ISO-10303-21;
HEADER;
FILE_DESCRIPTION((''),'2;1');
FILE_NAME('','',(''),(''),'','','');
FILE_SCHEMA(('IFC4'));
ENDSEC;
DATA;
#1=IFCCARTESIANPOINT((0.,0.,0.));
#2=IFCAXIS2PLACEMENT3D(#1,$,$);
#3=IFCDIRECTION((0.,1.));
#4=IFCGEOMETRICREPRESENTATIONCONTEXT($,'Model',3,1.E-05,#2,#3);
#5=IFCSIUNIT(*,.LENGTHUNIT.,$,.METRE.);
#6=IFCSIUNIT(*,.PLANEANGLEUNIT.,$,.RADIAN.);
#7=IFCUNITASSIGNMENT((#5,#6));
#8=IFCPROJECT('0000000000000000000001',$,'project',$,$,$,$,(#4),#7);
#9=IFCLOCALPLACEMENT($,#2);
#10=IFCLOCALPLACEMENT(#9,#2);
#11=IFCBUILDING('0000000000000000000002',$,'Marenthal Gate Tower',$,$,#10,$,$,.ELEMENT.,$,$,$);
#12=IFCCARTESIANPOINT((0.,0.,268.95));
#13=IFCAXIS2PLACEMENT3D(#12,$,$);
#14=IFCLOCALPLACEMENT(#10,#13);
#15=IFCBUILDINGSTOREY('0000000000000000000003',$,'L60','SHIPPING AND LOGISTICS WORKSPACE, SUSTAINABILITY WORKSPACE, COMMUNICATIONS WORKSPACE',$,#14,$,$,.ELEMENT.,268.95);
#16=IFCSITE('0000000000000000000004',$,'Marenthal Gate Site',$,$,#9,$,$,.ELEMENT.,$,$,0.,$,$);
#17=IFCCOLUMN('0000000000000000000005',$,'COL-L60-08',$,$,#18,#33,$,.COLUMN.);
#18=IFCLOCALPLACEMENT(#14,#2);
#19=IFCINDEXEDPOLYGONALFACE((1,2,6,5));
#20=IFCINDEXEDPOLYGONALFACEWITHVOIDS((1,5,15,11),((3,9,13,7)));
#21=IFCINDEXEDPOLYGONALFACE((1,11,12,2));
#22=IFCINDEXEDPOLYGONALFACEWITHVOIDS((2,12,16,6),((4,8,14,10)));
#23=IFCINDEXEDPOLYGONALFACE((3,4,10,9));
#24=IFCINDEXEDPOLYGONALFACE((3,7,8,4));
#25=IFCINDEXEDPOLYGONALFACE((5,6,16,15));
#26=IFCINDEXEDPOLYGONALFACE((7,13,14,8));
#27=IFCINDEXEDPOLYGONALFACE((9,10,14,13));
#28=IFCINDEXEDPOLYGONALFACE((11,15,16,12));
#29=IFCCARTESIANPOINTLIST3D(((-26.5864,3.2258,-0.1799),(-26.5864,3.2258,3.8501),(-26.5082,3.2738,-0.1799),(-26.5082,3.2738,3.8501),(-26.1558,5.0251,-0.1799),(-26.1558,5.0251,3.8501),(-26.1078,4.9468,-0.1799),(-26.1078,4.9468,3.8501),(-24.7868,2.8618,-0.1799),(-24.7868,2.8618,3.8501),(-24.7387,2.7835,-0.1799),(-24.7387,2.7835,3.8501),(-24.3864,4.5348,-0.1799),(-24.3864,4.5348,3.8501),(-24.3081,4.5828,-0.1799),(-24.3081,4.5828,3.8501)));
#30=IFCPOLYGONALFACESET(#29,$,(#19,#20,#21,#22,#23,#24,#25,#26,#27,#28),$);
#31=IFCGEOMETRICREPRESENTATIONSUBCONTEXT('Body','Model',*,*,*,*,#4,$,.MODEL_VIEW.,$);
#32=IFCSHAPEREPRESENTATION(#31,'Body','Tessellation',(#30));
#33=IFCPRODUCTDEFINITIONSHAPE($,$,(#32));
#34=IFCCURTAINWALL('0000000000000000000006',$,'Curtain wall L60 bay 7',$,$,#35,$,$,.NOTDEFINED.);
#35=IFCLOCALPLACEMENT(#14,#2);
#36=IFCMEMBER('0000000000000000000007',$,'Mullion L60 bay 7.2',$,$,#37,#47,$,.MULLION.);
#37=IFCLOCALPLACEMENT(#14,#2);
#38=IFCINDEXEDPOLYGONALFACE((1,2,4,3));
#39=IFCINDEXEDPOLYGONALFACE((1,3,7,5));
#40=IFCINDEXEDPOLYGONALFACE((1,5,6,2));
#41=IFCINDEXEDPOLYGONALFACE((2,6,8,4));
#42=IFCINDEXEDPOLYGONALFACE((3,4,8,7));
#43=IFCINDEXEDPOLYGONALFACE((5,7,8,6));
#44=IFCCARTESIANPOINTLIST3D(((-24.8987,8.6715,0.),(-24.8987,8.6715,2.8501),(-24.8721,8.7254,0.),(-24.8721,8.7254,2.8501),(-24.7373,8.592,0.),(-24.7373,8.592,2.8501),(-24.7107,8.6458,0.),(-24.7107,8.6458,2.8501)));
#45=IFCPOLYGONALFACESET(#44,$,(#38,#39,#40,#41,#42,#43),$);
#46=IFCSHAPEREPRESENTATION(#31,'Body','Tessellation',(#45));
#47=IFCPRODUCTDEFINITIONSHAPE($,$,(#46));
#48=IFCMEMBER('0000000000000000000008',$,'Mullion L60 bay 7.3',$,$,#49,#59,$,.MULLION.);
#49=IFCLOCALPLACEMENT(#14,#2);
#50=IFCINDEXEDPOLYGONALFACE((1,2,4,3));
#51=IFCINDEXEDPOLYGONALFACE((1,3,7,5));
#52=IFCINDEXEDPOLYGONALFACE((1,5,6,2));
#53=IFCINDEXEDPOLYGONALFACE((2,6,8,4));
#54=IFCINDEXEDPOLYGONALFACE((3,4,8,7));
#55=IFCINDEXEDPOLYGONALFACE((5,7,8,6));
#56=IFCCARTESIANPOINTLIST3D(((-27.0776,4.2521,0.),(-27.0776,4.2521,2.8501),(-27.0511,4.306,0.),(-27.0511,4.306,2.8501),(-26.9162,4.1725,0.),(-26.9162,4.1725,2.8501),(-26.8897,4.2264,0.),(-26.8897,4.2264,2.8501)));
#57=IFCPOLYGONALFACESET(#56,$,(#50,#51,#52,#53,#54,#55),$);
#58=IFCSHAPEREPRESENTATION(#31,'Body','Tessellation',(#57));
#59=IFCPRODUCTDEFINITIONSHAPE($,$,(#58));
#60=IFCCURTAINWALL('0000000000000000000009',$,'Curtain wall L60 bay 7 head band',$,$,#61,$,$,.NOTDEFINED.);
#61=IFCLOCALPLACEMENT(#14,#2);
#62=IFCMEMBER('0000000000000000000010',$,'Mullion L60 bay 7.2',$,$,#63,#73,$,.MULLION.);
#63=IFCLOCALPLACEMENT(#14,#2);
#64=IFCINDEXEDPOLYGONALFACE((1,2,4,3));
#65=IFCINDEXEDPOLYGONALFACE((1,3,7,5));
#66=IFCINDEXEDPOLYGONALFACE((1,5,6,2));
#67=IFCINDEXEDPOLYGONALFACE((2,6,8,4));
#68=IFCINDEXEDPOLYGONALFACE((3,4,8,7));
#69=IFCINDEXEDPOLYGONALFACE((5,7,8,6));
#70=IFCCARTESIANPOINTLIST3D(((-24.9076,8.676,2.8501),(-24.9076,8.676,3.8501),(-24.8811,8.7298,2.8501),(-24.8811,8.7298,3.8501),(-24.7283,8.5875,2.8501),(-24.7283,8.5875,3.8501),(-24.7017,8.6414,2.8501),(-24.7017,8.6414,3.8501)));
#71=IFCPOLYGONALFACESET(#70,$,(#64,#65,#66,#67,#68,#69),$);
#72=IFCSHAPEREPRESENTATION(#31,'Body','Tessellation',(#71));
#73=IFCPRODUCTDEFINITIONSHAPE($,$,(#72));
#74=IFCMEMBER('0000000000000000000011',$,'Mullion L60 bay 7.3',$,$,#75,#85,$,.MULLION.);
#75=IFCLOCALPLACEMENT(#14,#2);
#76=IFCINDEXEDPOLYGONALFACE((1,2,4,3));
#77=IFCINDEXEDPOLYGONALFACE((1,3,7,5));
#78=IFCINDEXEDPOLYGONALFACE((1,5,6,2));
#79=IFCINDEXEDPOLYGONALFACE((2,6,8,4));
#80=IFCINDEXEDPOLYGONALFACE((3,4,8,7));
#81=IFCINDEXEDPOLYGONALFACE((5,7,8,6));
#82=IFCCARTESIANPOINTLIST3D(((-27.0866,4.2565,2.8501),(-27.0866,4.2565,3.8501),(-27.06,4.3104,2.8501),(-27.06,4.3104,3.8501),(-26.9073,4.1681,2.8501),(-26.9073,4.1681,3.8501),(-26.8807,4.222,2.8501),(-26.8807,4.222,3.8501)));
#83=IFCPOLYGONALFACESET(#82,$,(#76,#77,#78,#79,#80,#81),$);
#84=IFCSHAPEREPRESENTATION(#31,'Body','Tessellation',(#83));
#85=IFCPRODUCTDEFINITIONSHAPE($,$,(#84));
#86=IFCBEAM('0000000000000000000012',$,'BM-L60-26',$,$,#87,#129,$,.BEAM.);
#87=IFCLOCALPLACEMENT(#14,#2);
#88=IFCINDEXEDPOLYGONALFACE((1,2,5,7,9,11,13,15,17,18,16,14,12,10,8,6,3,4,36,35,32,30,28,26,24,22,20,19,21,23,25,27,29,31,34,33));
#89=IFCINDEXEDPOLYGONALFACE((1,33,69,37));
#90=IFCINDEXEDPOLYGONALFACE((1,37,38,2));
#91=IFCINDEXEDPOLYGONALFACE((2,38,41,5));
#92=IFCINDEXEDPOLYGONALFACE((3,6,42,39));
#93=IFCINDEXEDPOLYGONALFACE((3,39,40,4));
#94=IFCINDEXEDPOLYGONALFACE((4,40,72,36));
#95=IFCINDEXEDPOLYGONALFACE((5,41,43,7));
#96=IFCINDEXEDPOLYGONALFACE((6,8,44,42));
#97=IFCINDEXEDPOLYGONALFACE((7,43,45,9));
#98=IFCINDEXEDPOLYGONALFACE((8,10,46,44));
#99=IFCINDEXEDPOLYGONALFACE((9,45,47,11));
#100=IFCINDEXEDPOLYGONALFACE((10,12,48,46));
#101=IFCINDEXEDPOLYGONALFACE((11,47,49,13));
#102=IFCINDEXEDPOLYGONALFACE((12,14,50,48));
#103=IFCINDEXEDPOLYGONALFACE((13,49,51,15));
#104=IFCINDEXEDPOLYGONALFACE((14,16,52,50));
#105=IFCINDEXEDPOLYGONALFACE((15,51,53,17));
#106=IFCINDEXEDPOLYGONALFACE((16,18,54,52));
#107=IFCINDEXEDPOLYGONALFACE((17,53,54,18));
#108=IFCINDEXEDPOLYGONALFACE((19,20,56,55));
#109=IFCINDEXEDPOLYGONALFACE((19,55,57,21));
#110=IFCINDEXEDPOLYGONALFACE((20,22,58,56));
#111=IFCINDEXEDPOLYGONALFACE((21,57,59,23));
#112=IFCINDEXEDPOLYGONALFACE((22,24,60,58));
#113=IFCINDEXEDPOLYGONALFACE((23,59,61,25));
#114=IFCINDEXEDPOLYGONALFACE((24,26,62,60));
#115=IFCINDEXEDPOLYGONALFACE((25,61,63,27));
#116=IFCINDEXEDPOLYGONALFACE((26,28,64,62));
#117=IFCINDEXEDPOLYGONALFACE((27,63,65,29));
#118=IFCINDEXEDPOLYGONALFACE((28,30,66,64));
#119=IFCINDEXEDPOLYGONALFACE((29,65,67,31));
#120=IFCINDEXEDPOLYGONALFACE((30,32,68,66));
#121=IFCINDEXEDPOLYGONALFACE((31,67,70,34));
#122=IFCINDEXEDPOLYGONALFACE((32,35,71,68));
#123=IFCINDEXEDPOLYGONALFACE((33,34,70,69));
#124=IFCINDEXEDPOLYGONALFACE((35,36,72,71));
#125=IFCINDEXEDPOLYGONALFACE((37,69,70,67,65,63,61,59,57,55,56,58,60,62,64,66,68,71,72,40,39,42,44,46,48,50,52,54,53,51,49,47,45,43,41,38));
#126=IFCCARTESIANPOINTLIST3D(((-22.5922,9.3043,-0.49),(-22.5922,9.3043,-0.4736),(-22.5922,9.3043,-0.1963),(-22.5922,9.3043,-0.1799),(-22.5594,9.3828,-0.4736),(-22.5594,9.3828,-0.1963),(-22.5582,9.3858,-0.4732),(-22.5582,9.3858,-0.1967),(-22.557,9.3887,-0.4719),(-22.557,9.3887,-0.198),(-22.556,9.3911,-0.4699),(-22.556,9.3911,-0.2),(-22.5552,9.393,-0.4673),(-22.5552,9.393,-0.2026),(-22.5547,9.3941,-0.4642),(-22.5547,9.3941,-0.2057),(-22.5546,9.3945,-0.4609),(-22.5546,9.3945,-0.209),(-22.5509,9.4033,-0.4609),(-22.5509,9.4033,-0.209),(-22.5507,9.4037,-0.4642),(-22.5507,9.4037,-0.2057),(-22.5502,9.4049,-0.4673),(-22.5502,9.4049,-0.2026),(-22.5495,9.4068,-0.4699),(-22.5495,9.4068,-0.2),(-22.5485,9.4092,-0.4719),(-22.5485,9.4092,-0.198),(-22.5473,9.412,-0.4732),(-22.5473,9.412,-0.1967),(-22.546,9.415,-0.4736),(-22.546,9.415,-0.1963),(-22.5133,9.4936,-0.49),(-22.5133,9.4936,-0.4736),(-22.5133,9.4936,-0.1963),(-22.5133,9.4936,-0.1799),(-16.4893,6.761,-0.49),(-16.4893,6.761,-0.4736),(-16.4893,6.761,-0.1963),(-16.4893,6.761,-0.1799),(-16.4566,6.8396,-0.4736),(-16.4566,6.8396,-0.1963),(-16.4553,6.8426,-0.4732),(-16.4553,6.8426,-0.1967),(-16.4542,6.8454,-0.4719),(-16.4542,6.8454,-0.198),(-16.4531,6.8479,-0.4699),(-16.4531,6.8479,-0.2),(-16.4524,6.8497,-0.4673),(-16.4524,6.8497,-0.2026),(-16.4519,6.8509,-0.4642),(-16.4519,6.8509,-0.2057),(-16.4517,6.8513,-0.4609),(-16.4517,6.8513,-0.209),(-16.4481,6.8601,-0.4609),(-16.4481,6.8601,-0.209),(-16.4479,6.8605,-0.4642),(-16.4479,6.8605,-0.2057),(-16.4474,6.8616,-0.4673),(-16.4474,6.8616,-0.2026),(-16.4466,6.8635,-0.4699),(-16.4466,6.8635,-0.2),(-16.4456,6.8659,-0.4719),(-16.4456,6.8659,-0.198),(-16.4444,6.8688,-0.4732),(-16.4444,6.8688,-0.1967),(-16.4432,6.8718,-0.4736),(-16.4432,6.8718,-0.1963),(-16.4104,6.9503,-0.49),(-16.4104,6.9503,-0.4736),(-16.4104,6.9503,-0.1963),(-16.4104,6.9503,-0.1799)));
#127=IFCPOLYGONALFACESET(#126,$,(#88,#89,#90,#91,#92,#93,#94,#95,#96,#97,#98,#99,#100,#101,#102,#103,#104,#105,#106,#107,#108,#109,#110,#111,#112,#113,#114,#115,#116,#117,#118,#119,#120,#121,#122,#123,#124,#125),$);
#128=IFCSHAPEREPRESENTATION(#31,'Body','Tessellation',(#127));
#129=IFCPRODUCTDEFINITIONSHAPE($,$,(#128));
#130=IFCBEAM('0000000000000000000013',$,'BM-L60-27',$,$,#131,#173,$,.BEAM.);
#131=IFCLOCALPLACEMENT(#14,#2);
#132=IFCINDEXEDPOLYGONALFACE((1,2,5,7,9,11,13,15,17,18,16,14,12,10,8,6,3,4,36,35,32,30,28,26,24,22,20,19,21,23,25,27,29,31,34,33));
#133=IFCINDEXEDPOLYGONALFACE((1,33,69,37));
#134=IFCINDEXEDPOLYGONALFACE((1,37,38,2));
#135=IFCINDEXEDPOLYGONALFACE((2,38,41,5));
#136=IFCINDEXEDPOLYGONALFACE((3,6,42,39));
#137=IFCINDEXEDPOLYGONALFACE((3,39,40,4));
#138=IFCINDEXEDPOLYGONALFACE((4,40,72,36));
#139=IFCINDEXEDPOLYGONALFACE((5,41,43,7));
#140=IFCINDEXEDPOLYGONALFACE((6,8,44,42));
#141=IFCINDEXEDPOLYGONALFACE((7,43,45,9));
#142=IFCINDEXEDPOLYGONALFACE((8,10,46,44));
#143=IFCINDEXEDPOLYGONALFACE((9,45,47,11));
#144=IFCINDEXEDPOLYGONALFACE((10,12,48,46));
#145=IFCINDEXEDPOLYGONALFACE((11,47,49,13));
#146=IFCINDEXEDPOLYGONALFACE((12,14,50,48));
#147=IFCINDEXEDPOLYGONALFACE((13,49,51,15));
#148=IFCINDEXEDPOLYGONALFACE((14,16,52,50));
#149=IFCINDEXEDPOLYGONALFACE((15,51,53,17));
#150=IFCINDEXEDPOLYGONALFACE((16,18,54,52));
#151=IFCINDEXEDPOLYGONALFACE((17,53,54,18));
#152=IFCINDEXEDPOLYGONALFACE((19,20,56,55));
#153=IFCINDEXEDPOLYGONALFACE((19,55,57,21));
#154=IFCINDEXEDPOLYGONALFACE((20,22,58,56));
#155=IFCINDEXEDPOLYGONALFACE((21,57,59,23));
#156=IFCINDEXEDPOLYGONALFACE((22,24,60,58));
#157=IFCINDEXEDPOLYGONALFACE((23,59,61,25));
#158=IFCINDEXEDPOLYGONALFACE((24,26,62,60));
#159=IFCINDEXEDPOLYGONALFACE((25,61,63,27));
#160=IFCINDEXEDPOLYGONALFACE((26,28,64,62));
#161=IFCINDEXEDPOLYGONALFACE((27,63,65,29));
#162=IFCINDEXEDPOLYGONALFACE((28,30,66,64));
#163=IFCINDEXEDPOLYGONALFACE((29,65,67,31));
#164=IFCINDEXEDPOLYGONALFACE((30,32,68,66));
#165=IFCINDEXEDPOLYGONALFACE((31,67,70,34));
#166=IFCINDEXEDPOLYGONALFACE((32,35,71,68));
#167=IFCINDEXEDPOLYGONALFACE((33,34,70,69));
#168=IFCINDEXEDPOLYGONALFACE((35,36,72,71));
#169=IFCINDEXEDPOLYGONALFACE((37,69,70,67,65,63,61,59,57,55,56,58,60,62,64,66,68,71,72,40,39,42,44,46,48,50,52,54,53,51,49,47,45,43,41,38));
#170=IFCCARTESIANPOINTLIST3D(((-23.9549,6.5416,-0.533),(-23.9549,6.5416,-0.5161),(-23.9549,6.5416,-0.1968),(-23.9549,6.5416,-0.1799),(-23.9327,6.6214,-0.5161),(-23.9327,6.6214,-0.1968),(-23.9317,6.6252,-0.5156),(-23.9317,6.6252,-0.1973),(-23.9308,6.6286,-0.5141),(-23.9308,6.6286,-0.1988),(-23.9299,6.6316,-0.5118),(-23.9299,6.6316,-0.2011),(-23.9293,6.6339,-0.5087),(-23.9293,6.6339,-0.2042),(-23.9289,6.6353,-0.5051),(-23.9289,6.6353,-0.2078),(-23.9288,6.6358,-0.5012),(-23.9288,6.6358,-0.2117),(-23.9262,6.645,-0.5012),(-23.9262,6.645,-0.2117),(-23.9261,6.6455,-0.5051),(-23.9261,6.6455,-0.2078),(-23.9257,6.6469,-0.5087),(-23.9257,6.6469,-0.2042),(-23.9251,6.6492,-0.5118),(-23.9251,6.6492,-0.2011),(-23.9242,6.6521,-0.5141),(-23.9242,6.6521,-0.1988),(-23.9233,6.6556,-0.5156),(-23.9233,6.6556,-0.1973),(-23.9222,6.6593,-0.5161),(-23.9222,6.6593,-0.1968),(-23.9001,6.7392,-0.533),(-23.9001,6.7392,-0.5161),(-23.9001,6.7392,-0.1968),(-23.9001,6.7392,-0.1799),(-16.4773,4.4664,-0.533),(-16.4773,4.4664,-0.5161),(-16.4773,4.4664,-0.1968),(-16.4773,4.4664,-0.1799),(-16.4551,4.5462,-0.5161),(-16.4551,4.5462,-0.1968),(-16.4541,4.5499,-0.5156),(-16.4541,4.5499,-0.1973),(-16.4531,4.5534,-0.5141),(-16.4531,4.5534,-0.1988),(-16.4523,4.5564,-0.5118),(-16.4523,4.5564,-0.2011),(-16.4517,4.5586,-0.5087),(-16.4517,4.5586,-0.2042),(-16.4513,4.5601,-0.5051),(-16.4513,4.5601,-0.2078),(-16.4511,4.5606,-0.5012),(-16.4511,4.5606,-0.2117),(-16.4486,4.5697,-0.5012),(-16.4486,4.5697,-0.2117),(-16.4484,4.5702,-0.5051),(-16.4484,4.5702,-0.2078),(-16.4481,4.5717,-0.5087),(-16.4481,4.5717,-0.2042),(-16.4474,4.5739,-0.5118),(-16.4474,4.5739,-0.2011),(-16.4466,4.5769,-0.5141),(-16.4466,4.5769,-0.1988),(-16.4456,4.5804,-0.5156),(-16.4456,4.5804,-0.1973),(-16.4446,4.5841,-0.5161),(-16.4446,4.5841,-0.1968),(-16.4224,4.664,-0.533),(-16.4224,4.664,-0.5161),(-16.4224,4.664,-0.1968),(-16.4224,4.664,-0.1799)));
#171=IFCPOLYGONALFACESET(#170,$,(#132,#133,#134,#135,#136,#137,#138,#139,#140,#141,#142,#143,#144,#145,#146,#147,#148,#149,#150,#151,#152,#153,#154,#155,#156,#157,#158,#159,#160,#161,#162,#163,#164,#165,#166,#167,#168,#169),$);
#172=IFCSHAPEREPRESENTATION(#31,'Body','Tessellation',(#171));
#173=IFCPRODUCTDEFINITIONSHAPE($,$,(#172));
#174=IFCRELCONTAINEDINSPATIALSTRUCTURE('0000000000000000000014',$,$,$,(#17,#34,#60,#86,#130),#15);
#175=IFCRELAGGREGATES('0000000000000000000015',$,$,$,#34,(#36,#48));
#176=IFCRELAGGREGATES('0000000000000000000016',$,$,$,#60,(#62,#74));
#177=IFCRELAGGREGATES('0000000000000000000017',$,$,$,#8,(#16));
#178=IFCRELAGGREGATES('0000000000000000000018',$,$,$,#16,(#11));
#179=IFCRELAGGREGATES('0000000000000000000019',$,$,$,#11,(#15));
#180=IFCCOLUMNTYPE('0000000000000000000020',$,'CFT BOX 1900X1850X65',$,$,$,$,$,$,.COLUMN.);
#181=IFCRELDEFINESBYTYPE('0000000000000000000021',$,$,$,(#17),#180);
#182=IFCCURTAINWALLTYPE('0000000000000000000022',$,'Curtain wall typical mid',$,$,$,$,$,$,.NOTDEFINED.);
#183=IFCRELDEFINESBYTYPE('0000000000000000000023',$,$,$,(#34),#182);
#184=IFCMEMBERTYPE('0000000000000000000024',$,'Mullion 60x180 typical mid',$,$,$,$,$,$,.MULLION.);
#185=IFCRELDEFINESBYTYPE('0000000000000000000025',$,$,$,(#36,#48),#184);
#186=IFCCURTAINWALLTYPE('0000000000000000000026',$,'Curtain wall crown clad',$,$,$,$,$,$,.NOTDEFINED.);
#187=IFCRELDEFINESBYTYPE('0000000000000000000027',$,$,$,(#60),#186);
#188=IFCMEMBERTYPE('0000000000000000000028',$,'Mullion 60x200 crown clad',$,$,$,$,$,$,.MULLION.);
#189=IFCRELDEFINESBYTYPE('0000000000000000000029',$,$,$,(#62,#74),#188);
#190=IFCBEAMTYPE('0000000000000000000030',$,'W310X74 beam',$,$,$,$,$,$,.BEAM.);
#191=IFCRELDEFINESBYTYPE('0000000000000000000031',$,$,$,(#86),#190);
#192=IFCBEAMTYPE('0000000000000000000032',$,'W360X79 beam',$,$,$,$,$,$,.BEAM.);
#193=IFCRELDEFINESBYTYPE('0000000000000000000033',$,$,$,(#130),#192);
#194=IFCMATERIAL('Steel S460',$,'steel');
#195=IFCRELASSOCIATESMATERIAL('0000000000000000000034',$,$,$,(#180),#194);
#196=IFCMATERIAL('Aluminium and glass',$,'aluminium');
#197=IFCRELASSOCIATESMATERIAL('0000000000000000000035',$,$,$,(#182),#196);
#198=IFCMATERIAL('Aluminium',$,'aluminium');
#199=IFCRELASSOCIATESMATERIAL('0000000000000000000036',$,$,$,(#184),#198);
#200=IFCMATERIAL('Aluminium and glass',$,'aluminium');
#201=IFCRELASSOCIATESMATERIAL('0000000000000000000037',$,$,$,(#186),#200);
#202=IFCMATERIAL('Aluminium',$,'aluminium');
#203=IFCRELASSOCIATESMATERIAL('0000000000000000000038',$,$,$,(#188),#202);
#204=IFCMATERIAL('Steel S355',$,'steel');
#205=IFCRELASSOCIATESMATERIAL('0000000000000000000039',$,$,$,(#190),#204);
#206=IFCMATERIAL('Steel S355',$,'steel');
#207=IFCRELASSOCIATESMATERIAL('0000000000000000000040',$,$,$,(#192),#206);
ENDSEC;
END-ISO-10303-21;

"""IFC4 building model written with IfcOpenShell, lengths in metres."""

from ifc_helpers import new_model, si_unit, direction, frame, origin, origin_2d, place, context, subcontext, project, spatial, rectangle, hollow_rectangle, i_section, extrude, material, material_profile, profile_set, type_object, element, aggregate, save


model = new_model("IFC4")

# Units and contexts
model_context = context("Model", 3, precision=1e-05, world=origin(), true_north=direction((0.0, 1.0)))
body_context = subcontext(model_context, "Body", "Model", "MODEL_VIEW")
ifc_project = project(units=[si_unit("LENGTHUNIT", "METRE"), si_unit("PLANEANGLEUNIT", "RADIAN")], contexts=[model_context])

# Site, building, storey
site_placement = place(None, origin())
site = spatial("IfcSite", under=ifc_project, at=site_placement, Name="Marenthal Gate Site", CompositionType="ELEMENT", RefElevation=0.0)
building_placement = place(site_placement, origin())
building = spatial("IfcBuilding", under=site, at=building_placement, Name="Marenthal Gate Tower", CompositionType="ELEMENT")
storey_placement = place(building_placement, frame((0.0, 0.0, 268.95)))
storey = spatial("IfcBuildingStorey", under=building, at=storey_placement, Name="L60", Description="SHIPPING AND LOGISTICS WORKSPACE, SUSTAINABILITY WORKSPACE, COMMUNICATIONS WORKSPACE", CompositionType="ELEMENT", Elevation=268.95)

# Column
ifc_material_1 = material(Name="Steel S460", Category="steel")
ifc_material_profile_1 = material_profile(ifc_material_1, hollow_rectangle(XDim=1.8501, YDim=1.8999, WallThickness=0.0649, at=origin_2d()), Name="CFT BOX 1900X1850X65")
ifc_material_2 = material(Name="Concrete 70 MPa", Category="concrete")
ifc_material_profile_2 = material_profile(ifc_material_2, rectangle(XDim=1.72, YDim=1.77, at=origin_2d()), Name="CFT BOX 1900X1850X65 INFILL")
ifc_profile_set_1 = profile_set([ifc_material_profile_1, ifc_material_profile_2], Name="Steel S460 shell, Concrete 70 MPa infill")
column_type = type_object("IfcColumnType", Name="CFT BOX 1900X1850X65", PredefinedType="COLUMN", material=ifc_profile_set_1)
column_placement = place(storey_placement, frame((-25.4473, 3.9043, -0.1799), z_axis=(0.0, 0.0, 1.0), x_axis=(0.23277, 0.972532, 0.0)))
element("IfcColumn", 1, at=column_placement, inside=storey, type_object=column_type, Name="COL-L60-08", PredefinedType="COLUMN", context=body_context, shape_type="SweptSolid", body=[
    extrude(hollow_rectangle(XDim=1.8501, YDim=1.8999, WallThickness=0.0649, at=origin_2d()), origin(), (0.0, 0.0, 1.0), 4.03),
])

# Curtain walls, members
ifc_material_3 = material(Name="Aluminium and glass", Category="aluminium")
curtain_wall_type_1 = type_object("IfcCurtainWallType", Name="Curtain wall typical mid", PredefinedType="NOTDEFINED", material=ifc_material_3)
curtain_wall_1_placement = place(storey_placement, origin())
curtain_wall_1 = element("IfcCurtainWall", 2, at=curtain_wall_1_placement, inside=storey, type_object=curtain_wall_type_1, Name="Curtain wall L60 bay 7", PredefinedType="NOTDEFINED")
ifc_material_4 = material(Name="Aluminium", Category="aluminium")
ifc_material_profile_3 = material_profile(ifc_material_4, rectangle(XDim=0.1799, YDim=0.0601, at=origin_2d()), Name="60x180 aluminium mullion")
ifc_profile_set_2 = profile_set([ifc_material_profile_3], Name="Aluminium")
member_type_1 = type_object("IfcMemberType", Name="Mullion 60x180 typical mid", PredefinedType="MULLION", material=ifc_profile_set_2)
member_1_placement = place(storey_placement, frame((-24.8047, 8.6587, 0.0), z_axis=(0.0, 0.0, 1.0), x_axis=(0.896921, -0.442192, 0.0)))
member_1 = element("IfcMember", 3, at=member_1_placement, type_object=member_type_1, Name="Mullion L60 bay 7.2", PredefinedType="MULLION", context=body_context, shape_type="SweptSolid", body=[
    extrude(rectangle(XDim=0.1799, YDim=0.0601, at=origin_2d()), origin(), (0.0, 0.0, 1.0), 2.8501),
])
member_2_placement = place(storey_placement, frame((-26.9836, 4.2393, 0.0), z_axis=(0.0, 0.0, 1.0), x_axis=(0.896921, -0.442192, 0.0)))
member_2 = element("IfcMember", 4, at=member_2_placement, type_object=member_type_1, Name="Mullion L60 bay 7.3", PredefinedType="MULLION", context=body_context, shape_type="SweptSolid", body=[
    extrude(rectangle(XDim=0.1799, YDim=0.0601, at=origin_2d()), origin(), (0.0, 0.0, 1.0), 2.8501),
])
ifc_material_5 = material(Name="Aluminium and glass", Category="aluminium")
curtain_wall_type_2 = type_object("IfcCurtainWallType", Name="Curtain wall crown clad", PredefinedType="NOTDEFINED", material=ifc_material_5)
curtain_wall_2_placement = place(storey_placement, origin())
curtain_wall_2 = element("IfcCurtainWall", 5, at=curtain_wall_2_placement, inside=storey, type_object=curtain_wall_type_2, Name="Curtain wall L60 bay 7 head band", PredefinedType="NOTDEFINED")
ifc_material_6 = material(Name="Aluminium", Category="aluminium")
ifc_material_profile_4 = material_profile(ifc_material_6, rectangle(XDim=0.2, YDim=0.0601, at=origin_2d()), Name="60x200 aluminium mullion")
ifc_profile_set_3 = profile_set([ifc_material_profile_4], Name="Aluminium")
member_type_2 = type_object("IfcMemberType", Name="Mullion 60x200 crown clad", PredefinedType="MULLION", material=ifc_profile_set_3)
member_3_placement = place(storey_placement, frame((-24.8047, 8.6587, 2.8501), z_axis=(0.0, 0.0, 1.0), x_axis=(0.896921, -0.442192, 0.0)))
member_3 = element("IfcMember", 6, at=member_3_placement, type_object=member_type_2, Name="Mullion L60 bay 7.2", PredefinedType="MULLION", context=body_context, shape_type="SweptSolid", body=[
    extrude(rectangle(XDim=0.2, YDim=0.0601, at=origin_2d()), origin(), (0.0, 0.0, 1.0), 1.0),
])
member_4_placement = place(storey_placement, frame((-26.9836, 4.2393, 2.8501), z_axis=(0.0, 0.0, 1.0), x_axis=(0.896921, -0.442192, 0.0)))
member_4 = element("IfcMember", 7, at=member_4_placement, type_object=member_type_2, Name="Mullion L60 bay 7.3", PredefinedType="MULLION", context=body_context, shape_type="SweptSolid", body=[
    extrude(rectangle(XDim=0.2, YDim=0.0601, at=origin_2d()), origin(), (0.0, 0.0, 1.0), 1.0),
])

# Beams
ifc_material_7 = material(Name="Steel S355", Category="steel")
ifc_material_profile_5 = material_profile(ifc_material_7, i_section(OverallWidth=0.2051, OverallDepth=0.3101, WebThickness=0.0095, FlangeThickness=0.0164, FilletRadius=0.0127, at=origin_2d()), Name="W310X74")
ifc_profile_set_4 = profile_set([ifc_material_profile_5], Name="Steel S355")
beam_type_1 = type_object("IfcBeamType", Name="W310X74 beam", PredefinedType="BEAM", material=ifc_profile_set_4)
beam_1_placement = place(storey_placement, frame((-22.5527, 9.3989, -0.335), z_axis=(0.923056, -0.384665, 0.0), x_axis=(0.384665, 0.923056, 0.0)))
element("IfcBeam", 8, at=beam_1_placement, inside=storey, type_object=beam_type_1, Name="BM-L60-26", PredefinedType="BEAM", context=body_context, shape_type="SweptSolid", body=[
    extrude(i_section(OverallWidth=0.2051, OverallDepth=0.3101, WebThickness=0.0095, FlangeThickness=0.0164, FilletRadius=0.0127, at=origin_2d()), origin(), (0.0, 0.0, 1.0), 6.6116),
])
ifc_material_8 = material(Name="Steel S355", Category="steel")
ifc_material_profile_6 = material_profile(ifc_material_8, i_section(OverallWidth=0.2051, OverallDepth=0.353, WebThickness=0.0095, FlangeThickness=0.0168, FilletRadius=0.0149, at=origin_2d()), Name="W360X79")
ifc_profile_set_5 = profile_set([ifc_material_profile_6], Name="Steel S355")
beam_type_2 = type_object("IfcBeamType", Name="W360X79 beam", PredefinedType="BEAM", material=ifc_profile_set_5)
beam_2_placement = place(storey_placement, frame((-23.9275, 6.6404, -0.3564), z_axis=(0.963581, -0.267417, 0.0), x_axis=(0.267417, 0.963581, 0.0)))
element("IfcBeam", 9, at=beam_2_placement, inside=storey, type_object=beam_type_2, Name="BM-L60-27", PredefinedType="BEAM", context=body_context, shape_type="SweptSolid", body=[
    extrude(i_section(OverallWidth=0.2051, OverallDepth=0.353, WebThickness=0.0095, FlangeThickness=0.0168, FilletRadius=0.0149, at=origin_2d()), origin(), (0.0, 0.0, 1.0), 7.7603),
])

aggregate(curtain_wall_1, [member_1, member_2])
aggregate(curtain_wall_2, [member_3, member_4])

save(model, "model.ifc")
